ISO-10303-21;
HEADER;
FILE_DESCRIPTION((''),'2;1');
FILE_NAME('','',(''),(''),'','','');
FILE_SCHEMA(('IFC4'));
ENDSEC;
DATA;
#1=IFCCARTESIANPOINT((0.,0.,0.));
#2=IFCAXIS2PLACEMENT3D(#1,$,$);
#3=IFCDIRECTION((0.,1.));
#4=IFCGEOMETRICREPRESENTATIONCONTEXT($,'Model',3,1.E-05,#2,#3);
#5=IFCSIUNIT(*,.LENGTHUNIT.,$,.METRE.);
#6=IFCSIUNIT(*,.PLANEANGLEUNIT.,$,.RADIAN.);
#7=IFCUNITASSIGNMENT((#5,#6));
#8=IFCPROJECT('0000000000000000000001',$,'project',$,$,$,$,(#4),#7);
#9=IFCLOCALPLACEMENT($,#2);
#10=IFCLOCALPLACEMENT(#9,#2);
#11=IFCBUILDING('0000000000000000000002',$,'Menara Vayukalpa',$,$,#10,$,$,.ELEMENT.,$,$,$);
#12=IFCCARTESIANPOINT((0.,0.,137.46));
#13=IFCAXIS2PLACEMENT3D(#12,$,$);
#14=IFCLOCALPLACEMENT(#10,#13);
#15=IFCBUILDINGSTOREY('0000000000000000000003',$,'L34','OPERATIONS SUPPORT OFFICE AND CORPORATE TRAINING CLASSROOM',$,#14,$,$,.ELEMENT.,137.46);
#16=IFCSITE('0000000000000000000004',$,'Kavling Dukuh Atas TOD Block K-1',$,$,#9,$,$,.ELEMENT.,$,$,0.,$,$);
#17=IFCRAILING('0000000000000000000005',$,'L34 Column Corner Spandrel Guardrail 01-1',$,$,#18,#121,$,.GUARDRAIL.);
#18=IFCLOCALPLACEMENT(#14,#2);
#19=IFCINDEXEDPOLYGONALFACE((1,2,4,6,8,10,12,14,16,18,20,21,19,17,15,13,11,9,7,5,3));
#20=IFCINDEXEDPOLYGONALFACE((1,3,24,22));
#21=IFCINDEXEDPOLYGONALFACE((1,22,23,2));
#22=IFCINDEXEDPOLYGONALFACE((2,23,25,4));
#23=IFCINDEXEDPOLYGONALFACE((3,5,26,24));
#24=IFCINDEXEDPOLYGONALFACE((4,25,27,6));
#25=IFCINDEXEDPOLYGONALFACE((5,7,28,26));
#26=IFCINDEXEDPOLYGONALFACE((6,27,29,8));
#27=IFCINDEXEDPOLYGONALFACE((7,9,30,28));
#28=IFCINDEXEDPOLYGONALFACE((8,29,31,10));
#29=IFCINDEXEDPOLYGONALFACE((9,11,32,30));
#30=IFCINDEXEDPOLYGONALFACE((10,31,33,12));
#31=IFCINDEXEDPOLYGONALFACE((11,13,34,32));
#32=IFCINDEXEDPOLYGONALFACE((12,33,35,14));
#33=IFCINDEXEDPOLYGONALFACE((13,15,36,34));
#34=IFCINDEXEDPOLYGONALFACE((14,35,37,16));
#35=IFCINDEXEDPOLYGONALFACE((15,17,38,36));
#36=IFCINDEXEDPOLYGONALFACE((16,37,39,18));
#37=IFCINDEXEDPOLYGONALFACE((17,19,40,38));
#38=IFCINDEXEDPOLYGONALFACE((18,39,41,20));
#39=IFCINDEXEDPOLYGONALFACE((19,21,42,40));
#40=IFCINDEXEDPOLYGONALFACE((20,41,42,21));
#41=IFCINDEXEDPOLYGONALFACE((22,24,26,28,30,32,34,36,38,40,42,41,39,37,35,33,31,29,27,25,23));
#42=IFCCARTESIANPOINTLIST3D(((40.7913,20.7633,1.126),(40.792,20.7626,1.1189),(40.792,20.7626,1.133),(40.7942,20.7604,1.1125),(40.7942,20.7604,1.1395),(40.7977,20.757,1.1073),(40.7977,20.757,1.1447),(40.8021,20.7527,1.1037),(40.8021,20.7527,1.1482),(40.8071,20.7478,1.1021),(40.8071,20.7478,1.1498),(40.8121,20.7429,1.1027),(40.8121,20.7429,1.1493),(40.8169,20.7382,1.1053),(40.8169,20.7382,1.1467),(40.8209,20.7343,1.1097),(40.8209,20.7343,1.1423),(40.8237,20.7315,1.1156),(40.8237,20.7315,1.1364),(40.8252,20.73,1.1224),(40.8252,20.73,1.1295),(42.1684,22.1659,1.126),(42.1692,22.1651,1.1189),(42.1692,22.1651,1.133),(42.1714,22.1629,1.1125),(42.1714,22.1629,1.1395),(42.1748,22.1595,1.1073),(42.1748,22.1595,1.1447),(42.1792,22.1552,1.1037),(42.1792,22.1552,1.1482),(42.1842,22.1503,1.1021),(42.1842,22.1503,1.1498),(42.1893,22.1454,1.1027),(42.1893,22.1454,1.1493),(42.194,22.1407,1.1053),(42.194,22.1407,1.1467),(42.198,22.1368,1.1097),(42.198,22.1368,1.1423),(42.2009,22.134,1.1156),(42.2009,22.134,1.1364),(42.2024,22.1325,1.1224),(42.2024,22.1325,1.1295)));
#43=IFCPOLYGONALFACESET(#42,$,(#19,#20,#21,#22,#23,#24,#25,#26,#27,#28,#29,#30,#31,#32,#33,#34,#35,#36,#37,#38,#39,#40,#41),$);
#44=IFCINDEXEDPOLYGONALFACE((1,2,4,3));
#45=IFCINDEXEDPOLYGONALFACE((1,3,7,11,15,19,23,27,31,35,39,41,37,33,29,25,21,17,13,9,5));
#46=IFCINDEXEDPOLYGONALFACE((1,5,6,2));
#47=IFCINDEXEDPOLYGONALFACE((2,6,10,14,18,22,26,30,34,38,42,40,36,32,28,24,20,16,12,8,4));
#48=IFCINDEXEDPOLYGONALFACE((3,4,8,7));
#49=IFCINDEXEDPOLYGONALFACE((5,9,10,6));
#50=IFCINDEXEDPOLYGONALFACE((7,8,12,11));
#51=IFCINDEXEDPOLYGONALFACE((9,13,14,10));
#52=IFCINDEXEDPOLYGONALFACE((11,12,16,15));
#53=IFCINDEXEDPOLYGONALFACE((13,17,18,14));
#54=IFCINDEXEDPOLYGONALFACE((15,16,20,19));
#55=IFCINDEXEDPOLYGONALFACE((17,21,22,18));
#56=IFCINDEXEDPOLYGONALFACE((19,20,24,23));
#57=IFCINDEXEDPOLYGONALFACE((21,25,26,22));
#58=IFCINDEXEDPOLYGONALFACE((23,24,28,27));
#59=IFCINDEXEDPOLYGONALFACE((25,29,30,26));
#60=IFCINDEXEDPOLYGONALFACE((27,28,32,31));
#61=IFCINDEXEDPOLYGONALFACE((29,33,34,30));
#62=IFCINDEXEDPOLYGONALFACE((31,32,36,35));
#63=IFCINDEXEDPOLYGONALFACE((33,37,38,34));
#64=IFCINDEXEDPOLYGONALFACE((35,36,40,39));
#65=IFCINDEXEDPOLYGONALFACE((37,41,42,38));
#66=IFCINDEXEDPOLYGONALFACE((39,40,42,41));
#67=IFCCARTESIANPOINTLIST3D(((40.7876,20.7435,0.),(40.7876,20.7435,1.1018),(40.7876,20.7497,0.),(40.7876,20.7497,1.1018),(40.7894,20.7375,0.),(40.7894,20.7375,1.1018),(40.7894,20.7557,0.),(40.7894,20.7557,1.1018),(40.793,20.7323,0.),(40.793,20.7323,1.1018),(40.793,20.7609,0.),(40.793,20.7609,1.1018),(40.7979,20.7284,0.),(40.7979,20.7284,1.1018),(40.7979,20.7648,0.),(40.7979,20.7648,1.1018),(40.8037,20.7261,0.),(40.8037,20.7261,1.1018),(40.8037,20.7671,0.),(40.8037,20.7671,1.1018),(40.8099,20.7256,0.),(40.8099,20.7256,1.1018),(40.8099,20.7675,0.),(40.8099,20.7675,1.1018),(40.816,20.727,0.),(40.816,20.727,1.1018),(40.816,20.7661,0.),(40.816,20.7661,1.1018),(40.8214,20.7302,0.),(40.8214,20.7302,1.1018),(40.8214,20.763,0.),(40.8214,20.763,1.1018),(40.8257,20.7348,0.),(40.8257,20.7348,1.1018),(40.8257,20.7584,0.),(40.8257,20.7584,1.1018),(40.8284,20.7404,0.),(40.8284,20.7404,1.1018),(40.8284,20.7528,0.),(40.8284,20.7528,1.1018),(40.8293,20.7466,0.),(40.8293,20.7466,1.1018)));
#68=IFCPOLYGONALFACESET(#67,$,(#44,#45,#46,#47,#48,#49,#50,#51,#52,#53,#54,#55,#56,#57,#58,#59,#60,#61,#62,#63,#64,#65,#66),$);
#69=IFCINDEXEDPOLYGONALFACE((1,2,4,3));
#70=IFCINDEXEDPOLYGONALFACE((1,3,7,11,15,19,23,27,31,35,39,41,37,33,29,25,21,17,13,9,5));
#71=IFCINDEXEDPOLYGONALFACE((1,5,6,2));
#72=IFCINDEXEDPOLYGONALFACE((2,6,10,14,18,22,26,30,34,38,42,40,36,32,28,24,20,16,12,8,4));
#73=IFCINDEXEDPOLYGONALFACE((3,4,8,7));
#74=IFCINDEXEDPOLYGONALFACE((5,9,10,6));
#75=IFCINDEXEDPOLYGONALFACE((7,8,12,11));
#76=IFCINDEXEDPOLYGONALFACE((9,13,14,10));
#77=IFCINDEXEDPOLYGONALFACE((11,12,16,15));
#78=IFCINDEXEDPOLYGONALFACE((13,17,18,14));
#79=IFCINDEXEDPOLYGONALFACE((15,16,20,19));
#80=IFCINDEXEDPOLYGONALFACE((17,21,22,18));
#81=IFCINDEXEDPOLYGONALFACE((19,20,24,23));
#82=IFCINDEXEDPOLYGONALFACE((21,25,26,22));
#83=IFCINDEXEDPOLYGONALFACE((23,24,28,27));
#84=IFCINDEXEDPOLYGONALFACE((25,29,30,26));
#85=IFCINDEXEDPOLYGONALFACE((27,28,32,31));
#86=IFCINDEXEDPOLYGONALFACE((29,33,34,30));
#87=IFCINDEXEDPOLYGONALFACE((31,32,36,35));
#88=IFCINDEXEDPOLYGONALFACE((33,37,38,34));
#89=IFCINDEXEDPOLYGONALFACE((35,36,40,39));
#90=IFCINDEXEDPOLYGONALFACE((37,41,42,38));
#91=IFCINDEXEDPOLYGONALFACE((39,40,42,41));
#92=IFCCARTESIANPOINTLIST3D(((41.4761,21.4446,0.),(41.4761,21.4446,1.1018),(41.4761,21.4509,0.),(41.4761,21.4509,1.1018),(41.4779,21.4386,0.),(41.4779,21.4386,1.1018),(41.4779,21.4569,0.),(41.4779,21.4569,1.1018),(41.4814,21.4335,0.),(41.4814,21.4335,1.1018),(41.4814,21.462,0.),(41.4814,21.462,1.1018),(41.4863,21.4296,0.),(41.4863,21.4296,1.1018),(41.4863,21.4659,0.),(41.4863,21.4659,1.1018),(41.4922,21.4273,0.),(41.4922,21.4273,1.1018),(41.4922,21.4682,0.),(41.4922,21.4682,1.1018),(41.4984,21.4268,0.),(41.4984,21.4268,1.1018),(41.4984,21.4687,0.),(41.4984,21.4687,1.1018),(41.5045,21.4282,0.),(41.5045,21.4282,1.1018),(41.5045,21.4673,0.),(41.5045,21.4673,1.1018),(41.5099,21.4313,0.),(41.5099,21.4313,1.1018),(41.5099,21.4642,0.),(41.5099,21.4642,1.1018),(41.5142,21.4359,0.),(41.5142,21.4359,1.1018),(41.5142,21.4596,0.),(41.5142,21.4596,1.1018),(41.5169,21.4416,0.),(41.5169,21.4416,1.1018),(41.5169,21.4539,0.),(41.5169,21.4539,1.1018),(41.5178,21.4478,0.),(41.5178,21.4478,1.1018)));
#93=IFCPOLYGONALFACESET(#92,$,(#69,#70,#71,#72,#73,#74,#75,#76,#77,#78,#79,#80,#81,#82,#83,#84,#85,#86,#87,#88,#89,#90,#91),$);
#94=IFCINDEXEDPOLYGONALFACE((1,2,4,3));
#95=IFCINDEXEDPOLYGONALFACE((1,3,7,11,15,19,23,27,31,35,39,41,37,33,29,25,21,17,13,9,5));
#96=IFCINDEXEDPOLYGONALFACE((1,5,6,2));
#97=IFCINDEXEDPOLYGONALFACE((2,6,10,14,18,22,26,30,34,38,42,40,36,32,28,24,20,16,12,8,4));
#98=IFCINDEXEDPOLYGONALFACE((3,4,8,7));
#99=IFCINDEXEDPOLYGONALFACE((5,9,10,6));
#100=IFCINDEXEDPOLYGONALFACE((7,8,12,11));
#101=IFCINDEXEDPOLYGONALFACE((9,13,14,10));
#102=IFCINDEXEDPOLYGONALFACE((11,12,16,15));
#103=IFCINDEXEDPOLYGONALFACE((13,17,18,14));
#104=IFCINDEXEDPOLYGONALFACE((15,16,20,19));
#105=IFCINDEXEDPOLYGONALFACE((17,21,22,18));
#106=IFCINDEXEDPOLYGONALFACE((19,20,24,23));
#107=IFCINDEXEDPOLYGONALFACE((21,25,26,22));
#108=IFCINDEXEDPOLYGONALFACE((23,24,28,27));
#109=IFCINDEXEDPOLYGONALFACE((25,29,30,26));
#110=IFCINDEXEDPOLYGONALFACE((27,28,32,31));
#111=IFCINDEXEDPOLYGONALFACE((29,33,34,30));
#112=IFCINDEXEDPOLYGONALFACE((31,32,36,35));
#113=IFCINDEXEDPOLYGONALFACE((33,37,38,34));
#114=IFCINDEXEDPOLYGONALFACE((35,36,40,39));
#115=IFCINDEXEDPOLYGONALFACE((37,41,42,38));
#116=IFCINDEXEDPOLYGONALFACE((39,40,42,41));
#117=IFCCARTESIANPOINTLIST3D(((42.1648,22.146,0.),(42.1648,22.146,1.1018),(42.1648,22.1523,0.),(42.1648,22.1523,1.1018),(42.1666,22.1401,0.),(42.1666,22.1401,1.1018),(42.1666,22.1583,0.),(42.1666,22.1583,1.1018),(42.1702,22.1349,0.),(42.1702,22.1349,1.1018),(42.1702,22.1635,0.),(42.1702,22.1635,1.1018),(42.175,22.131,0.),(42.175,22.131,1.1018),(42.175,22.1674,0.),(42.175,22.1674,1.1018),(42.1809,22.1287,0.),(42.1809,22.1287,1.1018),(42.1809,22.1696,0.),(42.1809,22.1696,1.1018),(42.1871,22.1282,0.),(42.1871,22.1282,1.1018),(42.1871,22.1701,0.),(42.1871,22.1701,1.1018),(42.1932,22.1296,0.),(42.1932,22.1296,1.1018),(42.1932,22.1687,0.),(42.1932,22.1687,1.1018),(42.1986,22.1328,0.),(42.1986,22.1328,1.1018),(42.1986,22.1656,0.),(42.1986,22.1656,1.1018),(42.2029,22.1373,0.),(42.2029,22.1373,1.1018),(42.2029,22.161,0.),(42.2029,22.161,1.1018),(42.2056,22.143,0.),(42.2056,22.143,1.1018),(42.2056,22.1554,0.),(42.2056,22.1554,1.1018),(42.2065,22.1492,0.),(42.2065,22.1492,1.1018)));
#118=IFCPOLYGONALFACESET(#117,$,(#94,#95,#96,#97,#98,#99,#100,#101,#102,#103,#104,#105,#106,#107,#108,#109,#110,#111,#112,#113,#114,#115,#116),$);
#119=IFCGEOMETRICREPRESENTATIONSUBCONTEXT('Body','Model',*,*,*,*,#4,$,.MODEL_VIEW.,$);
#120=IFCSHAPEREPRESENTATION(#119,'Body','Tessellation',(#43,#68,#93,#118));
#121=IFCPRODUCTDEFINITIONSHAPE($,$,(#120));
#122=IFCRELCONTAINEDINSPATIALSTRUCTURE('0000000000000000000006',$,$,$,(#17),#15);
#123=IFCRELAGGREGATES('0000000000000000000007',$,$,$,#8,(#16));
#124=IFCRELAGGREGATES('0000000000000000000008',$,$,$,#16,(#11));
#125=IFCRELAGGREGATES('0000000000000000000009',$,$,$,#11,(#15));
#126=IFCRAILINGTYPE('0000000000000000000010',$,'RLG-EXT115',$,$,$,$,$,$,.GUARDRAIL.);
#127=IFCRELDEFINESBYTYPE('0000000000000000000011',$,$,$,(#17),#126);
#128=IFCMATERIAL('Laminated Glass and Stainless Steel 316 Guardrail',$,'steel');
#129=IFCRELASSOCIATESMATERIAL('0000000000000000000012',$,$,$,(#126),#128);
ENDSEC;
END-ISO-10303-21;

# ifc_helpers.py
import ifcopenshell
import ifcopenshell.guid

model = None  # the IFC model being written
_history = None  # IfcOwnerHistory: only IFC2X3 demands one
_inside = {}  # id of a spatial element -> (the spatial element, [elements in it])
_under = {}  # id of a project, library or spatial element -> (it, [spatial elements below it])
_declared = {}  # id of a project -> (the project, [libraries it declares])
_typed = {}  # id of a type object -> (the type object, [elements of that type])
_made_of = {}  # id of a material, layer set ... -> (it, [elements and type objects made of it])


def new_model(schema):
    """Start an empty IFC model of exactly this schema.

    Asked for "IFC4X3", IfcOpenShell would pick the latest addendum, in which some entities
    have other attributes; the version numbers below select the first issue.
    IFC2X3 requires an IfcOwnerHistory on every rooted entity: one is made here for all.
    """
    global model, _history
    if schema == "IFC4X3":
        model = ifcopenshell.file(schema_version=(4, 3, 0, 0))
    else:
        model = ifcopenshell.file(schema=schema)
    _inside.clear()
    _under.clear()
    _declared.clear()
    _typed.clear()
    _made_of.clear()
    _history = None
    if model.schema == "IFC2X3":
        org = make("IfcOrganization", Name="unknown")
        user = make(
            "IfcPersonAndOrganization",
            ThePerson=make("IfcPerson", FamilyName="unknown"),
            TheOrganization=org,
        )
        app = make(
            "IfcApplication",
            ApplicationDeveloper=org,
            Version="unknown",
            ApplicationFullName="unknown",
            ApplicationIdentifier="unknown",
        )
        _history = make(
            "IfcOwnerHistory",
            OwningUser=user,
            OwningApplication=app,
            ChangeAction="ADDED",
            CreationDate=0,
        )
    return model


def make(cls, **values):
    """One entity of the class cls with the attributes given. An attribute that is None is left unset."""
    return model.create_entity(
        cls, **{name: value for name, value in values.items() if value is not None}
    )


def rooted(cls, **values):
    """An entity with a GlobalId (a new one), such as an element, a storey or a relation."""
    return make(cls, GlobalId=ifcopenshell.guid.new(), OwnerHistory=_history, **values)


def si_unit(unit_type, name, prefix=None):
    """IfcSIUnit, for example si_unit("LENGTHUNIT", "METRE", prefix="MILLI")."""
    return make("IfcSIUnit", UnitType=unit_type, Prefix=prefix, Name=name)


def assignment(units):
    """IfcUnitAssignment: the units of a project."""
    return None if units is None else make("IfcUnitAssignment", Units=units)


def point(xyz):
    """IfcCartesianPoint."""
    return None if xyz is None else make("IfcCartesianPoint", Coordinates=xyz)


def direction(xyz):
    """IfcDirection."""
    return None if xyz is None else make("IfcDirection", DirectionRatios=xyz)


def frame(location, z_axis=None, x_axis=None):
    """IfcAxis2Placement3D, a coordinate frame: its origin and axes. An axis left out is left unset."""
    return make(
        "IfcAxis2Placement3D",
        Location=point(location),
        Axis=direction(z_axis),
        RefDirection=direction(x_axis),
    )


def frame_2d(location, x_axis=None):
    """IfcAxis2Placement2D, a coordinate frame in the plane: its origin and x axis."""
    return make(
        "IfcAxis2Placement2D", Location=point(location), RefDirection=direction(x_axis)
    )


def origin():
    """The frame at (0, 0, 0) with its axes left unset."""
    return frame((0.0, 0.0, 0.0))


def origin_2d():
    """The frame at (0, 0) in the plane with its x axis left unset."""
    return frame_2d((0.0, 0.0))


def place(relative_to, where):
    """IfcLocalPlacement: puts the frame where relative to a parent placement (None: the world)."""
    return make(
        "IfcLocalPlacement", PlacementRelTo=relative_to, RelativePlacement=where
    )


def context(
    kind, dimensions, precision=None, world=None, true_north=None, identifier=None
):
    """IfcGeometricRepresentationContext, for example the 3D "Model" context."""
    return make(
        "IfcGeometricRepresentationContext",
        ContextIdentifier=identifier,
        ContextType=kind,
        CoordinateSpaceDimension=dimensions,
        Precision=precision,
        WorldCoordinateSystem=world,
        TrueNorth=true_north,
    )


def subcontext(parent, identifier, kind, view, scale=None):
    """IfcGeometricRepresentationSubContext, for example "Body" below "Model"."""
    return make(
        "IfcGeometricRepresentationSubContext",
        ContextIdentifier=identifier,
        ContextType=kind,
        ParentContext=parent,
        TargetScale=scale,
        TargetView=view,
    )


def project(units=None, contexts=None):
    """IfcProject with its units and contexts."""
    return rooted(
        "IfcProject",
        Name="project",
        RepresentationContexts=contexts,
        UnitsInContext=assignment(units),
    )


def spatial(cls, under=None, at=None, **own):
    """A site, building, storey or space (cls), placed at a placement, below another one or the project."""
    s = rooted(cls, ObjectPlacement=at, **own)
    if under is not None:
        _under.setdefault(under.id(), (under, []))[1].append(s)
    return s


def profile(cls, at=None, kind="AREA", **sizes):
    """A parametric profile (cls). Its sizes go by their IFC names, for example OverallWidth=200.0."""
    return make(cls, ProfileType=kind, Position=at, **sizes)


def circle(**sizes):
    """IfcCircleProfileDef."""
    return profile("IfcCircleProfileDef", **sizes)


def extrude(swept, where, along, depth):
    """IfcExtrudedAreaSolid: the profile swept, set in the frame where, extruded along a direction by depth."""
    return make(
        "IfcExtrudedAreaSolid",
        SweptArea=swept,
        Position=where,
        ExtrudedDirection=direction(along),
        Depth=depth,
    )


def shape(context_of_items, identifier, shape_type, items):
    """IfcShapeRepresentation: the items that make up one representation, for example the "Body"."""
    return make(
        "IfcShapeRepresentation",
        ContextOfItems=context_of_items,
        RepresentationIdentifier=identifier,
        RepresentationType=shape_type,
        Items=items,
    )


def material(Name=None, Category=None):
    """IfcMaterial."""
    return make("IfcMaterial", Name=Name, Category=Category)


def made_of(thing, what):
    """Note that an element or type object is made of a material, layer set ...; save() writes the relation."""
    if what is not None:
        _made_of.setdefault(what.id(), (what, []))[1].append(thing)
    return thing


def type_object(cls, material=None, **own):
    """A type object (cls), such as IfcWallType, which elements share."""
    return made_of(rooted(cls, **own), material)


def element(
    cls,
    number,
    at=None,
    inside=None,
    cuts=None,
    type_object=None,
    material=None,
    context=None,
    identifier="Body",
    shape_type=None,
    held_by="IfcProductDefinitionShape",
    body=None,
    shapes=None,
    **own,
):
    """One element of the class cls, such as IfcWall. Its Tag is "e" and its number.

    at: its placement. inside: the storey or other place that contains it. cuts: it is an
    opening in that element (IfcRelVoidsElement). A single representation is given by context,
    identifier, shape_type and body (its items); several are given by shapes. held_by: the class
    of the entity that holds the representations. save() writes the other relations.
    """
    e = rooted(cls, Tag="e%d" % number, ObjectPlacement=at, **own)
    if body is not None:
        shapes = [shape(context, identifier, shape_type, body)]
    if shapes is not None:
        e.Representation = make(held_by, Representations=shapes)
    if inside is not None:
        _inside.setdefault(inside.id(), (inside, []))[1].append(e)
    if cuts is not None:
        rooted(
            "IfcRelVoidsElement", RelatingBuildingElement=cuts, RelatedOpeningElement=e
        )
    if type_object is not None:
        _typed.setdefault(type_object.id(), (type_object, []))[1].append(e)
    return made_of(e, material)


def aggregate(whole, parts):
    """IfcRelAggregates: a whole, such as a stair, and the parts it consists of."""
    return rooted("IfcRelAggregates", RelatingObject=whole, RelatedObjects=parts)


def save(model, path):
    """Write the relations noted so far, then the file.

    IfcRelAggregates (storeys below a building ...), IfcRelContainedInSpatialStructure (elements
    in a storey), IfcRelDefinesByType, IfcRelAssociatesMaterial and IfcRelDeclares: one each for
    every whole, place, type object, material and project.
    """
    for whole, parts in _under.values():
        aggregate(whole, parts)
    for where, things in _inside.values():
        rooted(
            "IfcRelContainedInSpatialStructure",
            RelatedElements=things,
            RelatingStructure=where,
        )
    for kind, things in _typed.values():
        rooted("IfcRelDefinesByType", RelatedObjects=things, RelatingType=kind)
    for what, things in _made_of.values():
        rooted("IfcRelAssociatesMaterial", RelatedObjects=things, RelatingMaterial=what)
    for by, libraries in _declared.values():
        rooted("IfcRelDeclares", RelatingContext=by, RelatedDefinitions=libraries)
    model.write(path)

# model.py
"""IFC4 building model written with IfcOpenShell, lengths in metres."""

from ifc_helpers import new_model, si_unit, direction, frame, origin, origin_2d, place, context, subcontext, project, spatial, circle, extrude, material, type_object, element, save


model = new_model("IFC4")

# Units and contexts
model_context = context("Model", 3, precision=1e-05, world=origin(), true_north=direction((0.0, 1.0)))
body_context = subcontext(model_context, "Body", "Model", "MODEL_VIEW")
ifc_project = project(units=[si_unit("LENGTHUNIT", "METRE"), si_unit("PLANEANGLEUNIT", "RADIAN")], contexts=[model_context])

# Site, building, storey
site_placement = place(None, origin())
site = spatial("IfcSite", under=ifc_project, at=site_placement, Name="Kavling Dukuh Atas TOD Block K-1", CompositionType="ELEMENT", RefElevation=0.0)
building_placement = place(site_placement, origin())
building = spatial("IfcBuilding", under=site, at=building_placement, Name="Menara Vayukalpa", CompositionType="ELEMENT")
storey_placement = place(building_placement, frame((0.0, 0.0, 137.46)))
storey = spatial("IfcBuildingStorey", under=building, at=storey_placement, Name="L34", Description="OPERATIONS SUPPORT OFFICE AND CORPORATE TRAINING CLASSROOM", CompositionType="ELEMENT", Elevation=137.46)

# Railing
ifc_material_1 = material(Name="Laminated Glass and Stainless Steel 316 Guardrail", Category="steel")
railing_type_1 = type_object("IfcRailingType", Name="RLG-EXT115", PredefinedType="GUARDRAIL", material=ifc_material_1)
railing_1_placement = place(storey_placement, frame((40.8083, 20.7466, 0.0)))
element("IfcRailing", 1, at=railing_1_placement, inside=storey, type_object=railing_type_1, Name="L34 Column Corner Spandrel Guardrail 01-1", PredefinedType="GUARDRAIL", context=body_context, shape_type="SweptSolid", body=[
    extrude(circle(Radius=0.0239, at=origin_2d()), frame((0.0, 0.0, 1.126), z_axis=(0.700619, 0.713536, 0.0), x_axis=(-0.713536, 0.700619, 0.0)), (0.0, 0.0, 1.0), 1.9656),
    extrude(circle(Radius=0.021, at=origin_2d()), origin(), (0.0, 0.0, 1.0), 1.1018),
    extrude(circle(Radius=0.021, at=origin_2d()), frame((0.6885, 0.7012, 0.0)), (0.0, 0.0, 1.0), 1.1018),
    extrude(circle(Radius=0.021, at=origin_2d()), frame((1.3772, 1.4026, 0.0)), (0.0, 0.0, 1.0), 1.1018),
])

save(model, "model.ifc")
